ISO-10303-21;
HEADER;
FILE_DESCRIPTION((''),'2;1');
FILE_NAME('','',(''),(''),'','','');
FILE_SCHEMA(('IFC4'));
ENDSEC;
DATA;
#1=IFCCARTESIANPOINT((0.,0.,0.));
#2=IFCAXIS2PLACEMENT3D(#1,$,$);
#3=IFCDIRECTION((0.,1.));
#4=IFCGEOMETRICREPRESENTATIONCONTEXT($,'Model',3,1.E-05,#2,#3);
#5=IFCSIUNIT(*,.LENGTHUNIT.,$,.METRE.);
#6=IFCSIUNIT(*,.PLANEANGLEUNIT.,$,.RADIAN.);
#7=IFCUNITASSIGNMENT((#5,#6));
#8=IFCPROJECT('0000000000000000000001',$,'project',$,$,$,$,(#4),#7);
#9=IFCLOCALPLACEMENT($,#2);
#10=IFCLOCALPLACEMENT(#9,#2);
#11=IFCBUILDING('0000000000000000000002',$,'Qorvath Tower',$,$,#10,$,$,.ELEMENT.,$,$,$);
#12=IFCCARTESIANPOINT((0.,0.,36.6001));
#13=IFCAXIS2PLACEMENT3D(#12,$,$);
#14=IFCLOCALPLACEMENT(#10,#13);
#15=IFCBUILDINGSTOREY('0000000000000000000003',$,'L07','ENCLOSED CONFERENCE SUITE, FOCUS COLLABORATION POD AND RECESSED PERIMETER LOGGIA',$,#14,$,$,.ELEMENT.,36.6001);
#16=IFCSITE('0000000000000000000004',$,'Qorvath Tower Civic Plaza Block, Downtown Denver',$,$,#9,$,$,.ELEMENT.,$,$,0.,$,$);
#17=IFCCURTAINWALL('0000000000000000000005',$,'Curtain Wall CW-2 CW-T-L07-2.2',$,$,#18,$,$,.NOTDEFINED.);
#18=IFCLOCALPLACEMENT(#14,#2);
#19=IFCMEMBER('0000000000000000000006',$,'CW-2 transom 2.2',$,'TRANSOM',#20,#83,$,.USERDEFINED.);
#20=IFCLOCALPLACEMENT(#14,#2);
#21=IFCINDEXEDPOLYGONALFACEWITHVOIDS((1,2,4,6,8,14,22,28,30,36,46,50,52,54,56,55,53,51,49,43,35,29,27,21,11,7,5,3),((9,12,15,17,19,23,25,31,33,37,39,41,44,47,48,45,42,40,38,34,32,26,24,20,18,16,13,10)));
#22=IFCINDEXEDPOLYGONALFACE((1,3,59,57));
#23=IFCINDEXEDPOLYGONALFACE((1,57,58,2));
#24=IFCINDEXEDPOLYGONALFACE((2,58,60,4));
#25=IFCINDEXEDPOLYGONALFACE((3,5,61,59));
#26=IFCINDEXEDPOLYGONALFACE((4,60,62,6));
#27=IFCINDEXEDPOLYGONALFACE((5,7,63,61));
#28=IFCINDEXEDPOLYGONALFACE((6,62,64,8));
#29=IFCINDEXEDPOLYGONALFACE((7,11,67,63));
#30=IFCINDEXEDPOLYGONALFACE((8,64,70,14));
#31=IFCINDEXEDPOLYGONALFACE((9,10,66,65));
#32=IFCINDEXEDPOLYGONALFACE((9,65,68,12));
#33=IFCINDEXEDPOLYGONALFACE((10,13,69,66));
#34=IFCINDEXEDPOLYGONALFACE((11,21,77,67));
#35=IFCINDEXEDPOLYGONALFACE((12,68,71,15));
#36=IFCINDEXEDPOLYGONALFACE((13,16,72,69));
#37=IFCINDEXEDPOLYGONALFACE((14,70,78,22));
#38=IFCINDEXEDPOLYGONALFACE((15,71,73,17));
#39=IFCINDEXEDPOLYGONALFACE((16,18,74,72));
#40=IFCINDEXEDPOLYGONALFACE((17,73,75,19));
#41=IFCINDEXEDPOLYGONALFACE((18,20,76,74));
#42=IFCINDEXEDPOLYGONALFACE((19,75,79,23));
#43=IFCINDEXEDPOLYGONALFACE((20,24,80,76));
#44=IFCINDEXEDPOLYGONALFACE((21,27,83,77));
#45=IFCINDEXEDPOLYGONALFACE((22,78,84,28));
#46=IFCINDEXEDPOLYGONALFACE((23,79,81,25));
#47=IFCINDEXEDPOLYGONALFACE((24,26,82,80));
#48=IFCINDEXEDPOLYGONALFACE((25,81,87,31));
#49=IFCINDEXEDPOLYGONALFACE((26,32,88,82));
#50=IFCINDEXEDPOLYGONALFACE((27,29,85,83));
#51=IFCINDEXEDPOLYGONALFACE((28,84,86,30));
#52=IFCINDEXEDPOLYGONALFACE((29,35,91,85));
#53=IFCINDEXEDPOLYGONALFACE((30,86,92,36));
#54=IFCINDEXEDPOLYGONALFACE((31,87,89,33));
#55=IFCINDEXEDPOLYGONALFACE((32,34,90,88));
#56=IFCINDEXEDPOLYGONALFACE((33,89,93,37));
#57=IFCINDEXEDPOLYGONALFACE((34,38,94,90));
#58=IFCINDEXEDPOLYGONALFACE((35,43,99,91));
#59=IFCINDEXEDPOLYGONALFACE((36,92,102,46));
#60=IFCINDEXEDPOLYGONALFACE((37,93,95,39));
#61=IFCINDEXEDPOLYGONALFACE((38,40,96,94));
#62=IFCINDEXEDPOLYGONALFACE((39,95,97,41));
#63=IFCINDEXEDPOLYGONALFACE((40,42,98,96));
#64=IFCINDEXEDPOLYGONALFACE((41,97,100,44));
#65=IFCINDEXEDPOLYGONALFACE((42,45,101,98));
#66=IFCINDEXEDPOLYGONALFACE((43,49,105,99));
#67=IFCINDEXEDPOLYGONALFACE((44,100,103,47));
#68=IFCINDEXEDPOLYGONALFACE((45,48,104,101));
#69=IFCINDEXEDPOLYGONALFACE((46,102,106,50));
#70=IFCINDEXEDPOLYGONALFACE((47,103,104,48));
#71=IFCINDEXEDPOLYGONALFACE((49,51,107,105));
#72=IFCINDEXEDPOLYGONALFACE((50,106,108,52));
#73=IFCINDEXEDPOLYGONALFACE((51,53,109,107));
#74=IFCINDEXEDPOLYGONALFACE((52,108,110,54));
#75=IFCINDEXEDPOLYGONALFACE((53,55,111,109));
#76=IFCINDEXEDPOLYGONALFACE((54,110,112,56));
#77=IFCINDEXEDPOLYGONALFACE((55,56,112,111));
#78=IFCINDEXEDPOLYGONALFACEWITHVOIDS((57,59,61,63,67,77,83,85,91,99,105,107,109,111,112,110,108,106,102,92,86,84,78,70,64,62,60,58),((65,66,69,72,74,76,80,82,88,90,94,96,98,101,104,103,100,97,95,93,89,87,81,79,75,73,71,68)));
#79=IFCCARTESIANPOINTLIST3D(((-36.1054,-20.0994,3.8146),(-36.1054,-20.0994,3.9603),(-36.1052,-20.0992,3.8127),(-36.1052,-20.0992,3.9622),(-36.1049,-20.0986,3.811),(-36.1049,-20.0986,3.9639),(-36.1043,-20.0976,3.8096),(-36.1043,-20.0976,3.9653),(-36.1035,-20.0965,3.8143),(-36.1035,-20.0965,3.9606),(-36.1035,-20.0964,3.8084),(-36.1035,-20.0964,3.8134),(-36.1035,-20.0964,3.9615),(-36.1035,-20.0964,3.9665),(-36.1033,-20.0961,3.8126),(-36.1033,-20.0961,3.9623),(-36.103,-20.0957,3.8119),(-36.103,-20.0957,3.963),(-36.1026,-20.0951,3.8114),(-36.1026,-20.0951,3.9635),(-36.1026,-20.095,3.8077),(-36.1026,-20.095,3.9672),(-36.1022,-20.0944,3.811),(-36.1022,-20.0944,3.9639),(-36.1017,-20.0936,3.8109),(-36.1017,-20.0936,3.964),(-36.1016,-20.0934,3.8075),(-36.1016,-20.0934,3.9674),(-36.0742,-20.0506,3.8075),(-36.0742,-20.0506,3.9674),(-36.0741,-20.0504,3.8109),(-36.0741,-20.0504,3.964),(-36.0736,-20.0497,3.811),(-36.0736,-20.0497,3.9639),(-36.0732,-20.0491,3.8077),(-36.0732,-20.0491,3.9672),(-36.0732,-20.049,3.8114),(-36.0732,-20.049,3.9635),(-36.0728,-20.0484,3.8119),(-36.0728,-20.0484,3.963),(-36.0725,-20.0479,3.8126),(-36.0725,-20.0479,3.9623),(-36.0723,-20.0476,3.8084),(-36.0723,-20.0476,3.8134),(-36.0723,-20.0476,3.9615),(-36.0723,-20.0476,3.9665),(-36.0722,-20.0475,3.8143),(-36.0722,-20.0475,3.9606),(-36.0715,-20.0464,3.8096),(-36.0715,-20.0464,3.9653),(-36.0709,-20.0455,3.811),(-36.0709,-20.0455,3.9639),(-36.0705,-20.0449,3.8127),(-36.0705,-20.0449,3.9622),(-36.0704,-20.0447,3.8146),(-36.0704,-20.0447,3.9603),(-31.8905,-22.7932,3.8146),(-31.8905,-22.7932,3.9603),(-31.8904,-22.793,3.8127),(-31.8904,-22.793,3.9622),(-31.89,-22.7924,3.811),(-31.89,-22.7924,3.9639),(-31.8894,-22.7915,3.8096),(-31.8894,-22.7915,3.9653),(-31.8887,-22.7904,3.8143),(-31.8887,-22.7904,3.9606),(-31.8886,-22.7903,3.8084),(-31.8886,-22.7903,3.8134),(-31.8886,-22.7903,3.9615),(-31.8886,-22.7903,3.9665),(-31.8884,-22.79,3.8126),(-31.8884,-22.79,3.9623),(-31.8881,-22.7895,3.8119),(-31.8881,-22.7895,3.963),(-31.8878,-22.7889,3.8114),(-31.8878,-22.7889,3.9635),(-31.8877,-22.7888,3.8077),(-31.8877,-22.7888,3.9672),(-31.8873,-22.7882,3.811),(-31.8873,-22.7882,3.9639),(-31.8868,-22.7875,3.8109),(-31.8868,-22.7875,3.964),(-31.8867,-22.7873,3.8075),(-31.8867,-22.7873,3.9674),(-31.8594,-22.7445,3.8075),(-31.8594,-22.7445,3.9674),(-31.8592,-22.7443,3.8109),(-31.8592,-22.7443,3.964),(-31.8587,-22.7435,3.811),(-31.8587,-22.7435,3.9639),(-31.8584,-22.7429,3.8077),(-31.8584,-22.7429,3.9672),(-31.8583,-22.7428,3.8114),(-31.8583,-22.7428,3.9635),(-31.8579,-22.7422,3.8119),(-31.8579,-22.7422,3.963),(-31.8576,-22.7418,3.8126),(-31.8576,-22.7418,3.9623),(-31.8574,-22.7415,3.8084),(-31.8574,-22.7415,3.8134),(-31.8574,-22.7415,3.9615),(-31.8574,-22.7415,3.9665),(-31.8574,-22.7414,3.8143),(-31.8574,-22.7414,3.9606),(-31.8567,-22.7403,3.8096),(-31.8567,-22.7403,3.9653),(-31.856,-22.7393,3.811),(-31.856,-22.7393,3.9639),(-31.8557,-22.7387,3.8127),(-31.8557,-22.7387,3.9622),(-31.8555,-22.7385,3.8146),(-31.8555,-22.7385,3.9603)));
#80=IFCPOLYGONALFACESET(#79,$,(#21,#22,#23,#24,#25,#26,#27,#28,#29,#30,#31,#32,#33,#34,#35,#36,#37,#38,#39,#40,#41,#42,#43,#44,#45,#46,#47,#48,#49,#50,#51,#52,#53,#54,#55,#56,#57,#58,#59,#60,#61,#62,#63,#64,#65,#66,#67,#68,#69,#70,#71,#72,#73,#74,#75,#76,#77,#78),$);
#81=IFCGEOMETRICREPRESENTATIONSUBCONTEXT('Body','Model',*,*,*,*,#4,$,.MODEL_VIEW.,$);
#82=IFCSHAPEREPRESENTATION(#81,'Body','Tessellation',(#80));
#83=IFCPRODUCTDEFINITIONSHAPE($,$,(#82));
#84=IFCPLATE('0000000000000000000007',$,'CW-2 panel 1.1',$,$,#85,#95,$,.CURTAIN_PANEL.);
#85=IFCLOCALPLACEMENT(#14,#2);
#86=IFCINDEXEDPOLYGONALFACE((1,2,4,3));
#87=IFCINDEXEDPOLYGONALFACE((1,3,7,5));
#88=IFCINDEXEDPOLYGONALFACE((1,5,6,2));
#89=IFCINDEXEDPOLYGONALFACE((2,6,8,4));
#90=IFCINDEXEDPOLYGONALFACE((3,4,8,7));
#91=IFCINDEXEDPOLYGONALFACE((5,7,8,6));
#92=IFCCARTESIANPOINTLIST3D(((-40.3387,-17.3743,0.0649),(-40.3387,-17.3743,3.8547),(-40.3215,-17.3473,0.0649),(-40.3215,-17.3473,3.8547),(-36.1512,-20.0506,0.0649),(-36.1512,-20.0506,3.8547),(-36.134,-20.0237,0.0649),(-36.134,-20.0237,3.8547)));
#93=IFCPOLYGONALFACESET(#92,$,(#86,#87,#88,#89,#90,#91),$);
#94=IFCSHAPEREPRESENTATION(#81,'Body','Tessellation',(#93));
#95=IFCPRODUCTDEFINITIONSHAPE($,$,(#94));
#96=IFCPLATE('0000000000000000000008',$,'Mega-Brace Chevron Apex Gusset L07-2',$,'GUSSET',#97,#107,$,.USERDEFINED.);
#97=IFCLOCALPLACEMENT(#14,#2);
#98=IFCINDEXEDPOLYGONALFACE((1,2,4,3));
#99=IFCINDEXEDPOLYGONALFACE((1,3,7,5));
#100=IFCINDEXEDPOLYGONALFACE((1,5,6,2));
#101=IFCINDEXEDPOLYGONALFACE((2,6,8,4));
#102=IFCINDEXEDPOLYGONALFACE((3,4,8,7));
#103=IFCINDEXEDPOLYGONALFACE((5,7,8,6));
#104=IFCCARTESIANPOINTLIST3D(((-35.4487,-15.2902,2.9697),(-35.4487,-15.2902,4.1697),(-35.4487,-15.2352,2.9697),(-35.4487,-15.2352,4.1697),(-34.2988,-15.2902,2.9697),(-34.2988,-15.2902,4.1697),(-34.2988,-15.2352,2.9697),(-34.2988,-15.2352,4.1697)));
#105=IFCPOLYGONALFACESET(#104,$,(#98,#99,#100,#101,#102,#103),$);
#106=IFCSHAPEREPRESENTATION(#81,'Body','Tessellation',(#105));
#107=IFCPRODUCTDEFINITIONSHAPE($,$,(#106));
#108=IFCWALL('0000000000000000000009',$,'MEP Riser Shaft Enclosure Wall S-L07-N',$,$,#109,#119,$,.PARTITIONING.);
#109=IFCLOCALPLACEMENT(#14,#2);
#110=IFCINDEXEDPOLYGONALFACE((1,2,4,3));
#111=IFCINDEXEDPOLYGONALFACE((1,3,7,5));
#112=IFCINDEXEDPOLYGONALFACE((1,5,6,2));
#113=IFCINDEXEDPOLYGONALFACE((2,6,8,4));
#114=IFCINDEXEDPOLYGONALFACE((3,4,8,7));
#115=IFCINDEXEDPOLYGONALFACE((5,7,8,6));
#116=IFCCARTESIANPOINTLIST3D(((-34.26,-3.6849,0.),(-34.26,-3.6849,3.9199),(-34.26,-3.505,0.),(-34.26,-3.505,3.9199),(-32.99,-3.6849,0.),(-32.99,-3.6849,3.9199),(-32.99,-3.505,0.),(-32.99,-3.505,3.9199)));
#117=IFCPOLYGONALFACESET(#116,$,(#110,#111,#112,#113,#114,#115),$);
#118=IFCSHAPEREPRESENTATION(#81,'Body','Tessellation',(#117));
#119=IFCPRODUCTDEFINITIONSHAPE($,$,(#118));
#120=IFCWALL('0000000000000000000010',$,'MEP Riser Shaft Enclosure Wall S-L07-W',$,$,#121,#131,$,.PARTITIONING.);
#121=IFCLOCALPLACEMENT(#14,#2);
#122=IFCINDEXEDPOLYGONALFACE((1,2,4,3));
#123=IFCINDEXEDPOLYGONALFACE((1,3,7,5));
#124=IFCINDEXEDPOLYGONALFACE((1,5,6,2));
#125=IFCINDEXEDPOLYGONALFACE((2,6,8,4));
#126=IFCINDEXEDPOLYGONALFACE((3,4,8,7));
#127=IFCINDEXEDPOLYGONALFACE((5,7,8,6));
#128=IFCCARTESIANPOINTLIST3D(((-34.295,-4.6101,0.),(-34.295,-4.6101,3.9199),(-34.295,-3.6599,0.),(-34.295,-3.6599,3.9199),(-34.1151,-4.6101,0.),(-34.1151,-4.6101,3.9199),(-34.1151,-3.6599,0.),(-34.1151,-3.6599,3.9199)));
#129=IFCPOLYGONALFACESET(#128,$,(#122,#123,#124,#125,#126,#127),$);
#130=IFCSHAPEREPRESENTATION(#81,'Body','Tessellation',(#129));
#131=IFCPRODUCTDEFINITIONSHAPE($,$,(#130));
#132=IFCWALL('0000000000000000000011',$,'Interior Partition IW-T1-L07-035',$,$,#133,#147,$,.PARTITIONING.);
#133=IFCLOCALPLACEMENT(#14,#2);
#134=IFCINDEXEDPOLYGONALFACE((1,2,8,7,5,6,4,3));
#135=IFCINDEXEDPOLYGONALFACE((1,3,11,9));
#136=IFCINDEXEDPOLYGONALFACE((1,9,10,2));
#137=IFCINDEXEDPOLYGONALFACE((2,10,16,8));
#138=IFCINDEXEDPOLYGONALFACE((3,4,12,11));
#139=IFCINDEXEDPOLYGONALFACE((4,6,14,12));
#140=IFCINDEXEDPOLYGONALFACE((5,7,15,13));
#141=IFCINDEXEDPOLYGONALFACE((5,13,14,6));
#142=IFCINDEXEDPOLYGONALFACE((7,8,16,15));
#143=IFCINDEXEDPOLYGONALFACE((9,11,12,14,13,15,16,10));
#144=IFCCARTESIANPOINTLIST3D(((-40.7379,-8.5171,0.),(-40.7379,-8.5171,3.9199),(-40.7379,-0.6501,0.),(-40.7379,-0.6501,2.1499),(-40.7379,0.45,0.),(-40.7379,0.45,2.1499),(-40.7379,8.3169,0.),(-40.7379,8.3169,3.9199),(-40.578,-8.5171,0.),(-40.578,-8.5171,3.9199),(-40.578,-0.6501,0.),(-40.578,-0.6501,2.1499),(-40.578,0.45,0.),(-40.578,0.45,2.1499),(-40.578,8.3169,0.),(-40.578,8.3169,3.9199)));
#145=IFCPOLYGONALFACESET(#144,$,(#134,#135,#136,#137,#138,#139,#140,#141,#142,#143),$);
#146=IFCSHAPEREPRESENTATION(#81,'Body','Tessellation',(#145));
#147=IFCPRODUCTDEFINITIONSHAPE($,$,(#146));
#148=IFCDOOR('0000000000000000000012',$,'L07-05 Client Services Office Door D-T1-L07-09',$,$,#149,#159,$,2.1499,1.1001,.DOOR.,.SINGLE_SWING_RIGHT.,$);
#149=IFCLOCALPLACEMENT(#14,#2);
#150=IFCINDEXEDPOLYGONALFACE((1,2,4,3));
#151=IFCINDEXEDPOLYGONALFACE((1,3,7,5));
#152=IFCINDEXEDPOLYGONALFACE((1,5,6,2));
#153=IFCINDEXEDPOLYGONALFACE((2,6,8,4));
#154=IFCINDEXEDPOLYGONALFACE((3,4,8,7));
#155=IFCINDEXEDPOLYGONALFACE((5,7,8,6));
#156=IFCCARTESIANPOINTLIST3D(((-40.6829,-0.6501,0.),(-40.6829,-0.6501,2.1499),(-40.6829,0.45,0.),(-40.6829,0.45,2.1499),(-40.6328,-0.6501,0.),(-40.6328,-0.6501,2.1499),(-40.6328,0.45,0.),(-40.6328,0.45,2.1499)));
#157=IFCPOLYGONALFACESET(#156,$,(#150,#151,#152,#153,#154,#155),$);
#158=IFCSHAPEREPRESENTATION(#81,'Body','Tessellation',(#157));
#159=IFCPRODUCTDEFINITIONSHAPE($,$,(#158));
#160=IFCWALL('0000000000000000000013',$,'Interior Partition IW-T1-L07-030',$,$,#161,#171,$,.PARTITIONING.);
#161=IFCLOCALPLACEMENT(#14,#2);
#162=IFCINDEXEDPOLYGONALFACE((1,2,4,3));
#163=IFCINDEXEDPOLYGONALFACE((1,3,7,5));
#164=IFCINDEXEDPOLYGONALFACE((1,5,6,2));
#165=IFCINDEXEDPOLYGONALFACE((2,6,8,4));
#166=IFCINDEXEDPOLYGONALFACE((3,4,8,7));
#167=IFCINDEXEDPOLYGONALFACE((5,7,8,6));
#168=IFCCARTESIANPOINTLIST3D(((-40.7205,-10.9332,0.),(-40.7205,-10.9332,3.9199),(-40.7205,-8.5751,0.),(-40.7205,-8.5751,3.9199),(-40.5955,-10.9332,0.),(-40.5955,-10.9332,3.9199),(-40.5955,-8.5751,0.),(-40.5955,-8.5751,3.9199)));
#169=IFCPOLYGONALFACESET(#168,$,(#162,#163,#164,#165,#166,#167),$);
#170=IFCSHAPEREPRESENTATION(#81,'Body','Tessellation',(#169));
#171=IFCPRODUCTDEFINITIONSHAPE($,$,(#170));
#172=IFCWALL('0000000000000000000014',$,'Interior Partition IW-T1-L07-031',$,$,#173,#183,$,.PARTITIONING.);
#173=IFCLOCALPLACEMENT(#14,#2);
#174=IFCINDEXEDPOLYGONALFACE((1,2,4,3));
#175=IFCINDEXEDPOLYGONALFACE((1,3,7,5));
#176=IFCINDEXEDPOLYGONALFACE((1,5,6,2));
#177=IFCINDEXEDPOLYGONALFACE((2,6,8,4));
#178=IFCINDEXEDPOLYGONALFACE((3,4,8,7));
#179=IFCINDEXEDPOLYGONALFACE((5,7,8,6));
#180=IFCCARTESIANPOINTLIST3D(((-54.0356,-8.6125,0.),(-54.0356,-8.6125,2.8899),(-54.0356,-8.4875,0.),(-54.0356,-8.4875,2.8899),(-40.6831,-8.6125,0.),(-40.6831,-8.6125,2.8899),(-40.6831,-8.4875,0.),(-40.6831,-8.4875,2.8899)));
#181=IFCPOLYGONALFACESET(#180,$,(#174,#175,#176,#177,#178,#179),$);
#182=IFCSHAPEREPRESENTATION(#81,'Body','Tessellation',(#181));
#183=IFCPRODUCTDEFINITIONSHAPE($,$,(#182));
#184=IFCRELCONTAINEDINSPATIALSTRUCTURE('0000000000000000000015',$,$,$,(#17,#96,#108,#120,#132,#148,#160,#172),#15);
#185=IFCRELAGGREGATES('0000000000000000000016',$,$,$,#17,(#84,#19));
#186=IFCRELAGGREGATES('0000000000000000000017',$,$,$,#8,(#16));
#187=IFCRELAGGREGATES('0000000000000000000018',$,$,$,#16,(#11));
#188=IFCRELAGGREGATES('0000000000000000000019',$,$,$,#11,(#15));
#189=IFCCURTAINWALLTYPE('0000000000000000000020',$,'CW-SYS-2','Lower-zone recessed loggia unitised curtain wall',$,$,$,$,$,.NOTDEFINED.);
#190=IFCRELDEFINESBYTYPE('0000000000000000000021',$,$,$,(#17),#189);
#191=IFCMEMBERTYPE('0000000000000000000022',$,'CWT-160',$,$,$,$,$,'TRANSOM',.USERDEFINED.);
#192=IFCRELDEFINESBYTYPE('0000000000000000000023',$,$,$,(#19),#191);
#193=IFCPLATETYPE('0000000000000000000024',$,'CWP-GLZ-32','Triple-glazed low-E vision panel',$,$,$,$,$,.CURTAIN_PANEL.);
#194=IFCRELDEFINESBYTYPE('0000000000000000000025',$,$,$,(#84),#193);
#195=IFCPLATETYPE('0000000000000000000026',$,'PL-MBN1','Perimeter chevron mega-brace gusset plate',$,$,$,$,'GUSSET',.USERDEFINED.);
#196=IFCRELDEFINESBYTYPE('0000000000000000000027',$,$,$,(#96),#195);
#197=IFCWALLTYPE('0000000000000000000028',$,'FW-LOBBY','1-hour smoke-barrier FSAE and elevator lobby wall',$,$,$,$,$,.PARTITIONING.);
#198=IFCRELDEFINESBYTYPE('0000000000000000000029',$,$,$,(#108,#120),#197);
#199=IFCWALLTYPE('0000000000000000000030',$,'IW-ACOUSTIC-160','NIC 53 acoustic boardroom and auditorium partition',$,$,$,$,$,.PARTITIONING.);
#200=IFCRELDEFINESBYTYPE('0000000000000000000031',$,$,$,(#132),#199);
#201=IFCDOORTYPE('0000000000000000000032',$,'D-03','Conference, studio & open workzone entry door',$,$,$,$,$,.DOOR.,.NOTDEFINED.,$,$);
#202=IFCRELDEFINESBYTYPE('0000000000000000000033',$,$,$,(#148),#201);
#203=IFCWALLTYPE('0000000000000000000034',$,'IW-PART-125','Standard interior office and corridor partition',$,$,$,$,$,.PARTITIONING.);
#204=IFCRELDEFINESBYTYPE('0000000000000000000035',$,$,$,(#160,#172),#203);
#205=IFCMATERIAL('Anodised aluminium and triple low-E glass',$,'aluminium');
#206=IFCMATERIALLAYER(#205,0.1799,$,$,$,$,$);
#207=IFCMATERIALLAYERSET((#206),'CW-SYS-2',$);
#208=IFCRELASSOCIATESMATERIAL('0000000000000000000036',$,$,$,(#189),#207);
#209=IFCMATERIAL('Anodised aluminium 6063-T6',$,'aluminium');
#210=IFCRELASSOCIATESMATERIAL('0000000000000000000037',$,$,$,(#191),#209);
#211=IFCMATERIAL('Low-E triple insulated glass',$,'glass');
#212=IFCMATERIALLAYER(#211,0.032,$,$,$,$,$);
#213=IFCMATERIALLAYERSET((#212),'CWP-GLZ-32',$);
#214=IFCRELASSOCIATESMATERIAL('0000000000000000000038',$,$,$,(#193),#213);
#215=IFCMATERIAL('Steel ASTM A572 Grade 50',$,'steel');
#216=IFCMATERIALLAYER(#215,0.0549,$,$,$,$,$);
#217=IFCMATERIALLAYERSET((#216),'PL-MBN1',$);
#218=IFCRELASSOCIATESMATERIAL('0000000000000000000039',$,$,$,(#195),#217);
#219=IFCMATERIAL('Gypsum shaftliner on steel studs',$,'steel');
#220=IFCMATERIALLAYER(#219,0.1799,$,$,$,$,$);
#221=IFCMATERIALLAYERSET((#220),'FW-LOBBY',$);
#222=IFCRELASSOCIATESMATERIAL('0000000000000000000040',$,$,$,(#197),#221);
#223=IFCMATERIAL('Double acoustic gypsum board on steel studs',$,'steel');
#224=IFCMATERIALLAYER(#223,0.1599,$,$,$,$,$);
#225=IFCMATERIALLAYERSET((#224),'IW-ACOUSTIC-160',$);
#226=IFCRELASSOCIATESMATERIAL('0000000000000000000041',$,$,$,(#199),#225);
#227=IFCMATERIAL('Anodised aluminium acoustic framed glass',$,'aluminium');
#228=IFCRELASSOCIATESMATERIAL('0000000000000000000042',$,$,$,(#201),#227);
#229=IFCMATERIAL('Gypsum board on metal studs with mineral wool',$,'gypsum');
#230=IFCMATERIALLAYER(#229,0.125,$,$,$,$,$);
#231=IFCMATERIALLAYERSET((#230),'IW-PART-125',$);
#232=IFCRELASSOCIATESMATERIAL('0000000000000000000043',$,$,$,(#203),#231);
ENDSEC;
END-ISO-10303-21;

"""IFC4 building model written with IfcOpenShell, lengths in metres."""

from ifc_helpers import new_model, si_unit, direction, frame, frame_2d, origin, origin_2d, place, context, subcontext, project, spatial, rectangle, hollow_rectangle, extrude, material, layer, layer_set, material_profile, profile_set, type_object, element, fill, aggregate, save


model = new_model("IFC4")

# Units and contexts
model_context = context("Model", 3, precision=1e-05, world=origin(), true_north=direction((0.0, 1.0)))
body_context = subcontext(model_context, "Body", "Model", "MODEL_VIEW")
ifc_project = project(units=[si_unit("LENGTHUNIT", "METRE"), si_unit("PLANEANGLEUNIT", "RADIAN")], contexts=[model_context])

# Site, building, storey
site_placement = place(None, origin())
site = spatial("IfcSite", under=ifc_project, at=site_placement, Name="Qorvath Tower Civic Plaza Block, Downtown Denver", CompositionType="ELEMENT", RefElevation=0.0)
building_placement = place(site_placement, origin())
building = spatial("IfcBuilding", under=site, at=building_placement, Name="Qorvath Tower", CompositionType="ELEMENT")
storey_placement = place(building_placement, frame((0.0, 0.0, 36.6001)))
storey = spatial("IfcBuildingStorey", under=building, at=storey_placement, Name="L07", Description="ENCLOSED CONFERENCE SUITE, FOCUS COLLABORATION POD AND RECESSED PERIMETER LOGGIA", CompositionType="ELEMENT", Elevation=36.6001)

# Shared definitions
ifc_material_1 = material(Name="Anodised aluminium and triple low-E glass", Category="aluminium")
ifc_layer_1 = layer(ifc_material_1, 0.1799)
ifc_layer_set_1 = layer_set([ifc_layer_1], Name="CW-SYS-2")
curtain_wall_type = type_object("IfcCurtainWallType", Name="CW-SYS-2", Description="Lower-zone recessed loggia unitised curtain wall", PredefinedType="NOTDEFINED", material=ifc_layer_set_1)

# Curtain wall, member, plate
curtain_wall_1_placement = place(storey_placement, origin())
curtain_wall_1 = element("IfcCurtainWall", 1, at=curtain_wall_1_placement, inside=storey, type_object=curtain_wall_type, Name="Curtain Wall CW-2 CW-T-L07-2.2", PredefinedType="NOTDEFINED")
ifc_material_2 = material(Name="Anodised aluminium 6063-T6", Category="aluminium")
ifc_material_profile_1 = material_profile(ifc_material_2, hollow_rectangle(XDim=0.0649, YDim=0.1599, WallThickness=0.0034, InnerFilletRadius=0.0034, OuterFilletRadius=0.0071, at=origin_2d()), Name="CWT 160x65")
ifc_profile_set_1 = profile_set([ifc_material_profile_1], Name="Anodised aluminium 6063-T6")
member_type_1 = type_object("IfcMemberType", Name="CWT-160", ElementType="TRANSOM", PredefinedType="USERDEFINED", material=ifc_profile_set_1)
member_1_placement = place(storey_placement, frame((-36.0879, -20.072, 3.8875), z_axis=(0.842603, -0.538536, 0.0), x_axis=(0.538536, 0.842603, 0.0)))
member_1 = element("IfcMember", 2, at=member_1_placement, type_object=member_type_1, Name="CW-2 transom 2.2", ObjectType="TRANSOM", PredefinedType="USERDEFINED", context=body_context, shape_type="SweptSolid", body=[
    extrude(hollow_rectangle(XDim=0.0649, YDim=0.1599, WallThickness=0.0034, InnerFilletRadius=0.0034, OuterFilletRadius=0.0071, at=origin_2d()), origin(), (0.0, 0.0, 1.0), 5.0022),
])
ifc_material_3 = material(Name="Low-E triple insulated glass", Category="glass")
ifc_layer_2 = layer(ifc_material_3, 0.032)
ifc_layer_set_2 = layer_set([ifc_layer_2], Name="CWP-GLZ-32")
plate_type_1 = type_object("IfcPlateType", Name="CWP-GLZ-32", Description="Triple-glazed low-E vision panel", PredefinedType="CURTAIN_PANEL", material=ifc_layer_set_2)
plate_1_placement = place(storey_placement, frame((-38.2363, -18.699, 0.0649), z_axis=(0.0, 0.0, 1.0), x_axis=(0.842605, -0.538533, 0.0)))
plate_1 = element("IfcPlate", 3, at=plate_1_placement, type_object=plate_type_1, Name="CW-2 panel 1.1", PredefinedType="CURTAIN_PANEL", context=body_context, shape_type="SweptSolid", body=[
    extrude(rectangle(XDim=4.9697, YDim=0.032, at=origin_2d()), origin(), (0.0, 0.0, 1.0), 3.7898),
])
aggregate(curtain_wall_1, [plate_1, member_1])

# Plate
ifc_material_4 = material(Name="Steel ASTM A572 Grade 50", Category="steel")
ifc_layer_3 = layer(ifc_material_4, 0.0549)
ifc_layer_set_3 = layer_set([ifc_layer_3], Name="PL-MBN1")
plate_type_2 = type_object("IfcPlateType", Name="PL-MBN1", Description="Perimeter chevron mega-brace gusset plate", ElementType="GUSSET", PredefinedType="USERDEFINED", material=ifc_layer_set_3)
plate_2_placement = place(storey_placement, frame((-34.8738, -15.2627, 2.9697), z_axis=(0.0, 0.0, 1.0), x_axis=(1.0, 0.0, 0.0)))
element("IfcPlate", 4, at=plate_2_placement, inside=storey, type_object=plate_type_2, Name="Mega-Brace Chevron Apex Gusset L07-2", ObjectType="GUSSET", PredefinedType="USERDEFINED", context=body_context, shape_type="SweptSolid", body=[
    extrude(rectangle(XDim=1.1499, YDim=0.0549, at=origin_2d()), origin(), (0.0, 0.0, 1.0), 1.2),
])

# Walls
ifc_material_5 = material(Name="Gypsum shaftliner on steel studs", Category="steel")
ifc_layer_4 = layer(ifc_material_5, 0.1799)
ifc_layer_set_4 = layer_set([ifc_layer_4], Name="FW-LOBBY")
wall_type_1 = type_object("IfcWallType", Name="FW-LOBBY", Description="1-hour smoke-barrier FSAE and elevator lobby wall", PredefinedType="PARTITIONING", material=ifc_layer_set_4)
wall_1_placement = place(storey_placement, frame((-34.26, -3.595, 0.0), z_axis=(0.0, 0.0, 1.0), x_axis=(1.0, 0.0, 0.0)))
element("IfcWall", 5, at=wall_1_placement, inside=storey, type_object=wall_type_1, Name="MEP Riser Shaft Enclosure Wall S-L07-N", PredefinedType="PARTITIONING", context=body_context, shape_type="SweptSolid", body=[
    extrude(rectangle(XDim=1.27, YDim=0.1799, at=frame_2d((0.635, 0.0))), origin(), (0.0, 0.0, 1.0), 3.9199),
])
wall_2_placement = place(storey_placement, frame((-34.2051, -4.6101, 0.0), z_axis=(0.0, 0.0, 1.0), x_axis=(0.0, 1.0, 0.0)))
element("IfcWall", 6, at=wall_2_placement, inside=storey, type_object=wall_type_1, Name="MEP Riser Shaft Enclosure Wall S-L07-W", PredefinedType="PARTITIONING", context=body_context, shape_type="SweptSolid", body=[
    extrude(rectangle(XDim=0.9502, YDim=0.1799, at=frame_2d((0.4751, 0.0))), origin(), (0.0, 0.0, 1.0), 3.9199),
])

# Wall, opening, door
ifc_material_6 = material(Name="Double acoustic gypsum board on steel studs", Category="steel")
ifc_layer_5 = layer(ifc_material_6, 0.1599)
ifc_layer_set_5 = layer_set([ifc_layer_5], Name="IW-ACOUSTIC-160")
wall_type_2 = type_object("IfcWallType", Name="IW-ACOUSTIC-160", Description="NIC 53 acoustic boardroom and auditorium partition", PredefinedType="PARTITIONING", material=ifc_layer_set_5)
wall_3_placement = place(storey_placement, frame((-40.658, -8.5171, 0.0), z_axis=(0.0, 0.0, 1.0), x_axis=(0.0, 1.0, 0.0)))
wall_3 = element("IfcWall", 7, at=wall_3_placement, inside=storey, type_object=wall_type_2, Name="Interior Partition IW-T1-L07-035", PredefinedType="PARTITIONING", context=body_context, shape_type="SweptSolid", body=[
    extrude(rectangle(XDim=16.834, YDim=0.1599, at=frame_2d((8.417, 0.0))), origin(), (0.0, 0.0, 1.0), 3.9199),
])
opening_1_placement = place(wall_3_placement, frame((7.8669, 0.0, 0.0)))
opening_1 = element("IfcOpeningElement", 8, at=opening_1_placement, cuts=wall_3, PredefinedType="OPENING", context=body_context, shape_type="SweptSolid", body=[
    extrude(rectangle(XDim=1.1001, YDim=2.1499, at=frame_2d((0.55, 1.075))), frame((0.0, 0.0898, 0.0), z_axis=(0.0, -1.0, 0.0), x_axis=(1.0, 0.0, 0.0)), (0.0, 0.0, 1.0), 0.1799),
])
ifc_material_7 = material(Name="Anodised aluminium acoustic framed glass", Category="aluminium")
door_type_1 = type_object("IfcDoorType", Name="D-03", Description="Conference, studio & open workzone entry door", OperationType="NOTDEFINED", PredefinedType="DOOR", material=ifc_material_7)
door_1_placement = place(opening_1_placement, origin())
door_1 = element("IfcDoor", 9, at=door_1_placement, inside=storey, type_object=door_type_1, Name="L07-05 Client Services Office Door D-T1-L07-09", OperationType="SINGLE_SWING_RIGHT", OverallHeight=2.1499, OverallWidth=1.1001, PredefinedType="DOOR", context=body_context, shape_type="SweptSolid", body=[
    extrude(rectangle(XDim=1.1001, YDim=2.1499, at=frame_2d((0.55, 1.075))), frame((0.0, 0.0249, 0.0), z_axis=(0.0, -1.0, 0.0), x_axis=(1.0, 0.0, 0.0)), (0.0, 0.0, 1.0), 0.05),
])
fill(opening_1, door_1)

# Walls
ifc_material_8 = material(Name="Gypsum board on metal studs with mineral wool", Category="gypsum")
ifc_layer_6 = layer(ifc_material_8, 0.125)
ifc_layer_set_6 = layer_set([ifc_layer_6], Name="IW-PART-125")
wall_type_3 = type_object("IfcWallType", Name="IW-PART-125", Description="Standard interior office and corridor partition", PredefinedType="PARTITIONING", material=ifc_layer_set_6)
wall_4_placement = place(storey_placement, frame((-40.658, -8.575, 0.0), z_axis=(0.0, 0.0, 1.0), x_axis=(0.0, -1.0, 0.0)))
element("IfcWall", 10, at=wall_4_placement, inside=storey, type_object=wall_type_3, Name="Interior Partition IW-T1-L07-030", PredefinedType="PARTITIONING", context=body_context, shape_type="SweptSolid", body=[
    extrude(rectangle(XDim=2.3582, YDim=0.125, at=frame_2d((1.1792, 0.0))), origin(), (0.0, 0.0, 1.0), 3.9199),
])
wall_5_placement = place(storey_placement, frame((-40.6831, -8.55, 0.0), z_axis=(0.0, 0.0, 1.0), x_axis=(-1.0, 0.0, 0.0)))
element("IfcWall", 11, at=wall_5_placement, inside=storey, type_object=wall_type_3, Name="Interior Partition IW-T1-L07-031", PredefinedType="PARTITIONING", context=body_context, shape_type="SweptSolid", body=[
    extrude(rectangle(XDim=13.3525, YDim=0.125, at=frame_2d((6.6763, 0.0))), origin(), (0.0, 0.0, 1.0), 2.8899),
])

save(model, "model.ifc")
